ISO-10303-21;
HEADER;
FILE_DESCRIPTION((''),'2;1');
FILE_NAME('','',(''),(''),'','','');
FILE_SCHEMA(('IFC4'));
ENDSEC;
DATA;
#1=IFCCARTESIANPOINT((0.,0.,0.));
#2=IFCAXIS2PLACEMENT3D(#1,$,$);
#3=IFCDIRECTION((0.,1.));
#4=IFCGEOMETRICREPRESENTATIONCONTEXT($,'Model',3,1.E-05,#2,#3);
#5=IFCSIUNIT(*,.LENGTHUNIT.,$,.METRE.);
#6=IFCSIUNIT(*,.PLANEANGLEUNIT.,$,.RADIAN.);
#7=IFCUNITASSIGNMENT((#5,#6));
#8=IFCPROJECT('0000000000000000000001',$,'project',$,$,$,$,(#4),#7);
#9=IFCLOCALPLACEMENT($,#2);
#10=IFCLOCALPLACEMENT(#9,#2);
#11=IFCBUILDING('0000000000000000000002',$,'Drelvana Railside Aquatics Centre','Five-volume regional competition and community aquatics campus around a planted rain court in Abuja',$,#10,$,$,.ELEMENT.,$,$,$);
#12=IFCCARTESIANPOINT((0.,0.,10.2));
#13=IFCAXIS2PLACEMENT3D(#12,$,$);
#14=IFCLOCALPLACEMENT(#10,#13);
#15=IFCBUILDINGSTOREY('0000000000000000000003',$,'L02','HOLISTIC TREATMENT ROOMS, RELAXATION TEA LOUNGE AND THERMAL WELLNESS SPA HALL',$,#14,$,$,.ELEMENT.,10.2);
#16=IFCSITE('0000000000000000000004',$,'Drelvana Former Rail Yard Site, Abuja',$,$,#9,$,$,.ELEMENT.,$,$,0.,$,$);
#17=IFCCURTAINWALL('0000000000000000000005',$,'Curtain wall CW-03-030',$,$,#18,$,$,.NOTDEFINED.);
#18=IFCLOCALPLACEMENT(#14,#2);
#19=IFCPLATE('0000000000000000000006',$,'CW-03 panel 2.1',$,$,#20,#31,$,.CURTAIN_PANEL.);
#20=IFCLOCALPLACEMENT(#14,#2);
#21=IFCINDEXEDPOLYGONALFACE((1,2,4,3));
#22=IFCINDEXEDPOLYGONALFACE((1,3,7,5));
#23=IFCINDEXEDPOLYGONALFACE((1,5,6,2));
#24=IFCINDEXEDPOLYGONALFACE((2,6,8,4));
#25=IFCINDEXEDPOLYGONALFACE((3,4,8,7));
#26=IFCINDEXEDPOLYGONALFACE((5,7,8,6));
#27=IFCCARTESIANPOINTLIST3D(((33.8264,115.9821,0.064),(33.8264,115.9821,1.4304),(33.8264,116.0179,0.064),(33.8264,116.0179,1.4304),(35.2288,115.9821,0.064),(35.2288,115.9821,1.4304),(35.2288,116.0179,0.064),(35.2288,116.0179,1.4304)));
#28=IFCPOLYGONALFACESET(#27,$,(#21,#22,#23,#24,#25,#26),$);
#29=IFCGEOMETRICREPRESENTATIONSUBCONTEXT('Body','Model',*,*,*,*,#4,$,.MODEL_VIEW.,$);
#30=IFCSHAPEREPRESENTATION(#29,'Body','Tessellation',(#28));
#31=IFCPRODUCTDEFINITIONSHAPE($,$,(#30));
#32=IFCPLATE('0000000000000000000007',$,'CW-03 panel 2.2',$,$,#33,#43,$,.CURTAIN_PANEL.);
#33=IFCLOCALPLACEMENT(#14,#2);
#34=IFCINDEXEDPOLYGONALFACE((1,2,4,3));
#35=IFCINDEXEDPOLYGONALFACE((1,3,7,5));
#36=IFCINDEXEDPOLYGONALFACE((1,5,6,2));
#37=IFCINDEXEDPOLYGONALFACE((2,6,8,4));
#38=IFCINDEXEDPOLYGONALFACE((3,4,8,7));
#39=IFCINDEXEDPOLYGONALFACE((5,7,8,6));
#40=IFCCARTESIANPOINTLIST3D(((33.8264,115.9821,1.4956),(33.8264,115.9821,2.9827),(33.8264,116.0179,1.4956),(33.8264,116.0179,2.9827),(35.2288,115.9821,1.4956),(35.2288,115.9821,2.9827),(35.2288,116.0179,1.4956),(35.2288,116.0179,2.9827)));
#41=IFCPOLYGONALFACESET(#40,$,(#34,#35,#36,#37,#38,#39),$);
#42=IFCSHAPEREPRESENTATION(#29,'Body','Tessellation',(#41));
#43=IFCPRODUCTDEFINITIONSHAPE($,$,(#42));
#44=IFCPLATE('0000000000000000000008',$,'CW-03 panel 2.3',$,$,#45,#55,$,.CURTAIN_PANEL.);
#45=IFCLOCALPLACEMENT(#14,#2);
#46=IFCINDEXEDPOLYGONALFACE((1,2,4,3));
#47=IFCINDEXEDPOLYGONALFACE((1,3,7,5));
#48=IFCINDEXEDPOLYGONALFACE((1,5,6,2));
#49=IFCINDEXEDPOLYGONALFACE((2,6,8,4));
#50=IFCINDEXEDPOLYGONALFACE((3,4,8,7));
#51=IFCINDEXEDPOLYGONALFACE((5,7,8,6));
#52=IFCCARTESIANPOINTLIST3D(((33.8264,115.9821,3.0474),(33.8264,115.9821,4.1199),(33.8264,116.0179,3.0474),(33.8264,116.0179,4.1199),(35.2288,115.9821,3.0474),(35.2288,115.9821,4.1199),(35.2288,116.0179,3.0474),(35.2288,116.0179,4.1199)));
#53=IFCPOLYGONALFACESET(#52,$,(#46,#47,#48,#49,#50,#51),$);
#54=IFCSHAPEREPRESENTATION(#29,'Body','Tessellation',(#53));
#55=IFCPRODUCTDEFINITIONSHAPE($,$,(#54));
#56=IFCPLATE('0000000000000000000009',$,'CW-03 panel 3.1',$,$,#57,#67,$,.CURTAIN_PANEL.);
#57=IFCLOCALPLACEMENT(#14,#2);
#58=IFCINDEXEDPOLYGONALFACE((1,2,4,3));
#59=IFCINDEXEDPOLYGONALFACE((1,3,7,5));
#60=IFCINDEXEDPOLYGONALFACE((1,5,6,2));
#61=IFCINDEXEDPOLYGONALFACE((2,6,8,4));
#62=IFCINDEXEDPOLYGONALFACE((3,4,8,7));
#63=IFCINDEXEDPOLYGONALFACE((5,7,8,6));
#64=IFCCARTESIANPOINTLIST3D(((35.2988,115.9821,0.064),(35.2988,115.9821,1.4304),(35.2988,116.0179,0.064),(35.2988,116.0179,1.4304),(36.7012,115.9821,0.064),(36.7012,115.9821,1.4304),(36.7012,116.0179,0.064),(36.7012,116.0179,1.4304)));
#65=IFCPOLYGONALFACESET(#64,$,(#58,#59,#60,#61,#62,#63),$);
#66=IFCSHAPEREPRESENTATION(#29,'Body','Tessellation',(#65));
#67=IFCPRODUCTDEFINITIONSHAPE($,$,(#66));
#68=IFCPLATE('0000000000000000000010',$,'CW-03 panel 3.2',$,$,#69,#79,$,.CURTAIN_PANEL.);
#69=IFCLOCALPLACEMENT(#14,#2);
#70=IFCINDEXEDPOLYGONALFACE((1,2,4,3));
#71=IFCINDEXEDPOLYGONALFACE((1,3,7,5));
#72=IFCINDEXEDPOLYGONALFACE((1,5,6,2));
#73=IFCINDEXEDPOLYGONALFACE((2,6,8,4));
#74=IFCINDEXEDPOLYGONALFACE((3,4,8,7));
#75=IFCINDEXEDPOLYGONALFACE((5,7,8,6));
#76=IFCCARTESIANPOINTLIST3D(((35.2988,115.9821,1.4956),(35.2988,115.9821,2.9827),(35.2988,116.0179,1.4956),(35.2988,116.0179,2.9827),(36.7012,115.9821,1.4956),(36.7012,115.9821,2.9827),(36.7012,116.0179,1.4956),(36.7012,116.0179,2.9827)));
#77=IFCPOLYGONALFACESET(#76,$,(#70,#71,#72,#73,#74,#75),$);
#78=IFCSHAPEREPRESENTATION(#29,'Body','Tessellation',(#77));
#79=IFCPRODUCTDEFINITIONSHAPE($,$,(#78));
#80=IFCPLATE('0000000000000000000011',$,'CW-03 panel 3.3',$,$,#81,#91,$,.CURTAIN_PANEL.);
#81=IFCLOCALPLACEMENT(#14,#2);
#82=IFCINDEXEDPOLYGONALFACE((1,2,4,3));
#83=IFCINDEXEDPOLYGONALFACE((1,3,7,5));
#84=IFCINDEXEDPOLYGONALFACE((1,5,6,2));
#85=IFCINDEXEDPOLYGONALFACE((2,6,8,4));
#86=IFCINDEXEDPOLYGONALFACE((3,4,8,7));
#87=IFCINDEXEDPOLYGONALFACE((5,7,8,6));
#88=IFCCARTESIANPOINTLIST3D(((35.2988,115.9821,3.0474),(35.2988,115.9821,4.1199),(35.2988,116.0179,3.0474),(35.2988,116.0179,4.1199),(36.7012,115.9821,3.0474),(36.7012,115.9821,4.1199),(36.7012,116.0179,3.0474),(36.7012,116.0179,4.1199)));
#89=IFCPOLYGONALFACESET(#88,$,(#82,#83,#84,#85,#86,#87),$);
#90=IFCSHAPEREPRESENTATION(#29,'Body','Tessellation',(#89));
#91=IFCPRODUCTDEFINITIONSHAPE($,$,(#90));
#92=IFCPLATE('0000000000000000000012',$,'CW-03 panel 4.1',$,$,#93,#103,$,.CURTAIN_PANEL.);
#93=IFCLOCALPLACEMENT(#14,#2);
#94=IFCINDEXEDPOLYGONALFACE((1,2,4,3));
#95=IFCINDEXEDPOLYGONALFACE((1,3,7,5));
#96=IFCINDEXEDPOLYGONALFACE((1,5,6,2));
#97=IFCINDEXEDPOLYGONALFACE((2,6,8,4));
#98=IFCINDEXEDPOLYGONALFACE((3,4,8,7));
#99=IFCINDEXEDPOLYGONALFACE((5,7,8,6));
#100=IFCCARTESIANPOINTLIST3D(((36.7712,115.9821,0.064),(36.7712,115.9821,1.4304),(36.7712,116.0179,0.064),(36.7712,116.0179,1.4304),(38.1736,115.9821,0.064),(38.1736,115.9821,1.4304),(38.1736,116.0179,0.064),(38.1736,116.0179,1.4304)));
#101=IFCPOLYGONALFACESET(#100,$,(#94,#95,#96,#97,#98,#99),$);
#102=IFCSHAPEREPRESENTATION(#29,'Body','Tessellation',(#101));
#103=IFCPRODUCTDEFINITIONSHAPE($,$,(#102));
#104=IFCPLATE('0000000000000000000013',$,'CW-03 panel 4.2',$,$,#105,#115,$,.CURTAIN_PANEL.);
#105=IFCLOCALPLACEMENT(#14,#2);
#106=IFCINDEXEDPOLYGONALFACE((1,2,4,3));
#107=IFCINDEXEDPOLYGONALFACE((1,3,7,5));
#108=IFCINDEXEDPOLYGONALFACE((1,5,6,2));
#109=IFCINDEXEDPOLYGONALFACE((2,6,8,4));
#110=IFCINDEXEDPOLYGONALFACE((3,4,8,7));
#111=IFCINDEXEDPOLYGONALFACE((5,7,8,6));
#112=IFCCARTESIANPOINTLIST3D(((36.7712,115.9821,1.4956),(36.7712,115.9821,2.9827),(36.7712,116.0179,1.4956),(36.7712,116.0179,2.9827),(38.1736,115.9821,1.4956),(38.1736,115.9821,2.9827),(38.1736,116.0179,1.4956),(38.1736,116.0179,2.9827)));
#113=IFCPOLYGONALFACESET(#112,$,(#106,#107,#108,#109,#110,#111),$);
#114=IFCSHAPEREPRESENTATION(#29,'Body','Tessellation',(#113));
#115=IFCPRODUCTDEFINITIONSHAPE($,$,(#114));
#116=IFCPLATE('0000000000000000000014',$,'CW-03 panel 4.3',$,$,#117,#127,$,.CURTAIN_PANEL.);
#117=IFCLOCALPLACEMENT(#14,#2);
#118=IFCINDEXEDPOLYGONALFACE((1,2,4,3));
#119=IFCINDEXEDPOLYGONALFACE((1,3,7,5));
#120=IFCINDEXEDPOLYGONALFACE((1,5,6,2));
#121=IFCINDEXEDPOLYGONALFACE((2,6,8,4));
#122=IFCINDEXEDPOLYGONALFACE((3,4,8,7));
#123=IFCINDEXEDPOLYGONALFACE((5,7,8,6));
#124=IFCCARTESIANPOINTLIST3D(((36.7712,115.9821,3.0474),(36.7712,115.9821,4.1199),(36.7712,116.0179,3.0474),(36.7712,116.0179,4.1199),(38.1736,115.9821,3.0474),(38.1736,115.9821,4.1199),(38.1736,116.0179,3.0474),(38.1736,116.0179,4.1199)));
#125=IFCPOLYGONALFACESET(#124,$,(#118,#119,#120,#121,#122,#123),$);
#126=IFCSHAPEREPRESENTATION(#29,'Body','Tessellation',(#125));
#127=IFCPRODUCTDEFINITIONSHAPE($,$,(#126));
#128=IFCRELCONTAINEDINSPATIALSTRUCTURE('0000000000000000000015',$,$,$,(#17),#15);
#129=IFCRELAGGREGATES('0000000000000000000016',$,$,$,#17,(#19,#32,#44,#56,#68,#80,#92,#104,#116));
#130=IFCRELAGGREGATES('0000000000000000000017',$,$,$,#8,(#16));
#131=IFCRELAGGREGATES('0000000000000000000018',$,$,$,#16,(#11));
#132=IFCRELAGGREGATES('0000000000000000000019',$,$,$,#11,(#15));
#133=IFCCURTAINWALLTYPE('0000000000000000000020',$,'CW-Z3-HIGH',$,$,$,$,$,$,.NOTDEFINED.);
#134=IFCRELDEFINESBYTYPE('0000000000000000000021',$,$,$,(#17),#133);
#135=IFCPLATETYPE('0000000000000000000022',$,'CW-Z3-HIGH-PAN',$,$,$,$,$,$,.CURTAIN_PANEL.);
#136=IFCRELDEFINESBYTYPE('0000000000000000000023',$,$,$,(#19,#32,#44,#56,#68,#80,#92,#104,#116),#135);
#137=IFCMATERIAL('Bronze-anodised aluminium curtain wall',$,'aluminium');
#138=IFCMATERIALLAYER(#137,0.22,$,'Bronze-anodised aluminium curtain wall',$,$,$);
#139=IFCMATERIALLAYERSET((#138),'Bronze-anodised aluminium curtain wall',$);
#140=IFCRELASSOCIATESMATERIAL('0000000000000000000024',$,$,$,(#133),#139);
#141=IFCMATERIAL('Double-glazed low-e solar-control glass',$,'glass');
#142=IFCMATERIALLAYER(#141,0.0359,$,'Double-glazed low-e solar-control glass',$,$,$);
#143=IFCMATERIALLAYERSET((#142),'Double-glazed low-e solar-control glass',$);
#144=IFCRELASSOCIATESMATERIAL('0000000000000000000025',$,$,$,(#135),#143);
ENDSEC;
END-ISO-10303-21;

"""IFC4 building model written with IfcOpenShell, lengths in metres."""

from ifc_helpers import new_model, si_unit, direction, frame, origin, origin_2d, place, context, subcontext, project, spatial, rectangle, extrude, material, layer, layer_set, type_object, element, aggregate, save


model = new_model("IFC4")

# Units and contexts
model_context = context("Model", 3, precision=1e-05, world=origin(), true_north=direction((0.0, 1.0)))
body_context = subcontext(model_context, "Body", "Model", "MODEL_VIEW")
ifc_project = project(units=[si_unit("LENGTHUNIT", "METRE"), si_unit("PLANEANGLEUNIT", "RADIAN")], contexts=[model_context])

# Site, building, storey
site_placement = place(None, origin())
site = spatial("IfcSite", under=ifc_project, at=site_placement, Name="Drelvana Former Rail Yard Site, Abuja", CompositionType="ELEMENT", RefElevation=0.0)
building_placement = place(site_placement, origin())
building = spatial("IfcBuilding", under=site, at=building_placement, Name="Drelvana Railside Aquatics Centre", Description="Five-volume regional competition and community aquatics campus around a planted rain court in Abuja", CompositionType="ELEMENT")
storey_placement = place(building_placement, frame((0.0, 0.0, 10.2)))
storey = spatial("IfcBuildingStorey", under=building, at=storey_placement, Name="L02", Description="HOLISTIC TREATMENT ROOMS, RELAXATION TEA LOUNGE AND THERMAL WELLNESS SPA HALL", CompositionType="ELEMENT", Elevation=10.2)

# Curtain wall, plates
ifc_material_1 = material(Name="Bronze-anodised aluminium curtain wall", Category="aluminium")
ifc_layer_1 = layer(ifc_material_1, 0.22, Name="Bronze-anodised aluminium curtain wall")
ifc_layer_set_1 = layer_set([ifc_layer_1], Name="Bronze-anodised aluminium curtain wall")
curtain_wall_type = type_object("IfcCurtainWallType", Name="CW-Z3-HIGH", PredefinedType="NOTDEFINED", material=ifc_layer_set_1)
curtain_wall_placement = place(storey_placement, origin())
curtain_wall = element("IfcCurtainWall", 1, at=curtain_wall_placement, inside=storey, type_object=curtain_wall_type, Name="Curtain wall CW-03-030", PredefinedType="NOTDEFINED")
ifc_material_2 = material(Name="Double-glazed low-e solar-control glass", Category="glass")
ifc_layer_2 = layer(ifc_material_2, 0.0359, Name="Double-glazed low-e solar-control glass")
ifc_layer_set_2 = layer_set([ifc_layer_2], Name="Double-glazed low-e solar-control glass")
plate_type = type_object("IfcPlateType", Name="CW-Z3-HIGH-PAN", PredefinedType="CURTAIN_PANEL", material=ifc_layer_set_2)
plate_1_placement = place(storey_placement, frame((34.5276, 116.0, 0.064), z_axis=(0.0, 0.0, 1.0), x_axis=(1.0, 0.0, 0.0)))
plate_1 = element("IfcPlate", 2, at=plate_1_placement, type_object=plate_type, Name="CW-03 panel 2.1", PredefinedType="CURTAIN_PANEL", context=body_context, shape_type="SweptSolid", body=[
    extrude(rectangle(XDim=1.4023, YDim=0.0359, at=origin_2d()), origin(), (0.0, 0.0, 1.0), 1.3665),
])
plate_2_placement = place(storey_placement, frame((34.5276, 116.0, 1.4956), z_axis=(0.0, 0.0, 1.0), x_axis=(1.0, 0.0, 0.0)))
plate_2 = element("IfcPlate", 3, at=plate_2_placement, type_object=plate_type, Name="CW-03 panel 2.2", PredefinedType="CURTAIN_PANEL", context=body_context, shape_type="SweptSolid", body=[
    extrude(rectangle(XDim=1.4023, YDim=0.0359, at=origin_2d()), origin(), (0.0, 0.0, 1.0), 1.4871),
])
plate_3_placement = place(storey_placement, frame((34.5276, 116.0, 3.0474), z_axis=(0.0, 0.0, 1.0), x_axis=(1.0, 0.0, 0.0)))
plate_3 = element("IfcPlate", 4, at=plate_3_placement, type_object=plate_type, Name="CW-03 panel 2.3", PredefinedType="CURTAIN_PANEL", context=body_context, shape_type="SweptSolid", body=[
    extrude(rectangle(XDim=1.4023, YDim=0.0359, at=origin_2d()), origin(), (0.0, 0.0, 1.0), 1.0725),
])
plate_4_placement = place(storey_placement, frame((36.0, 116.0, 0.064), z_axis=(0.0, 0.0, 1.0), x_axis=(1.0, 0.0, 0.0)))
plate_4 = element("IfcPlate", 5, at=plate_4_placement, type_object=plate_type, Name="CW-03 panel 3.1", PredefinedType="CURTAIN_PANEL", context=body_context, shape_type="SweptSolid", body=[
    extrude(rectangle(XDim=1.4023, YDim=0.0359, at=origin_2d()), origin(), (0.0, 0.0, 1.0), 1.3665),
])
plate_5_placement = place(storey_placement, frame((36.0, 116.0, 1.4956), z_axis=(0.0, 0.0, 1.0), x_axis=(1.0, 0.0, 0.0)))
plate_5 = element("IfcPlate", 6, at=plate_5_placement, type_object=plate_type, Name="CW-03 panel 3.2", PredefinedType="CURTAIN_PANEL", context=body_context, shape_type="SweptSolid", body=[
    extrude(rectangle(XDim=1.4023, YDim=0.0359, at=origin_2d()), origin(), (0.0, 0.0, 1.0), 1.4871),
])
plate_6_placement = place(storey_placement, frame((36.0, 116.0, 3.0474), z_axis=(0.0, 0.0, 1.0), x_axis=(1.0, 0.0, 0.0)))
plate_6 = element("IfcPlate", 7, at=plate_6_placement, type_object=plate_type, Name="CW-03 panel 3.3", PredefinedType="CURTAIN_PANEL", context=body_context, shape_type="SweptSolid", body=[
    extrude(rectangle(XDim=1.4023, YDim=0.0359, at=origin_2d()), origin(), (0.0, 0.0, 1.0), 1.0725),
])
plate_7_placement = place(storey_placement, frame((37.4724, 116.0, 0.064), z_axis=(0.0, 0.0, 1.0), x_axis=(1.0, 0.0, 0.0)))
plate_7 = element("IfcPlate", 8, at=plate_7_placement, type_object=plate_type, Name="CW-03 panel 4.1", PredefinedType="CURTAIN_PANEL", context=body_context, shape_type="SweptSolid", body=[
    extrude(rectangle(XDim=1.4023, YDim=0.0359, at=origin_2d()), origin(), (0.0, 0.0, 1.0), 1.3665),
])
plate_8_placement = place(storey_placement, frame((37.4724, 116.0, 1.4956), z_axis=(0.0, 0.0, 1.0), x_axis=(1.0, 0.0, 0.0)))
plate_8 = element("IfcPlate", 9, at=plate_8_placement, type_object=plate_type, Name="CW-03 panel 4.2", PredefinedType="CURTAIN_PANEL", context=body_context, shape_type="SweptSolid", body=[
    extrude(rectangle(XDim=1.4023, YDim=0.0359, at=origin_2d()), origin(), (0.0, 0.0, 1.0), 1.4871),
])
plate_9_placement = place(storey_placement, frame((37.4724, 116.0, 3.0474), z_axis=(0.0, 0.0, 1.0), x_axis=(1.0, 0.0, 0.0)))
plate_9 = element("IfcPlate", 10, at=plate_9_placement, type_object=plate_type, Name="CW-03 panel 4.3", PredefinedType="CURTAIN_PANEL", context=body_context, shape_type="SweptSolid", body=[
    extrude(rectangle(XDim=1.4023, YDim=0.0359, at=origin_2d()), origin(), (0.0, 0.0, 1.0), 1.0725),
])
aggregate(curtain_wall, [plate_1, plate_2, plate_3, plate_4, plate_5, plate_6, plate_7, plate_8, plate_9])

save(model, "model.ifc")
